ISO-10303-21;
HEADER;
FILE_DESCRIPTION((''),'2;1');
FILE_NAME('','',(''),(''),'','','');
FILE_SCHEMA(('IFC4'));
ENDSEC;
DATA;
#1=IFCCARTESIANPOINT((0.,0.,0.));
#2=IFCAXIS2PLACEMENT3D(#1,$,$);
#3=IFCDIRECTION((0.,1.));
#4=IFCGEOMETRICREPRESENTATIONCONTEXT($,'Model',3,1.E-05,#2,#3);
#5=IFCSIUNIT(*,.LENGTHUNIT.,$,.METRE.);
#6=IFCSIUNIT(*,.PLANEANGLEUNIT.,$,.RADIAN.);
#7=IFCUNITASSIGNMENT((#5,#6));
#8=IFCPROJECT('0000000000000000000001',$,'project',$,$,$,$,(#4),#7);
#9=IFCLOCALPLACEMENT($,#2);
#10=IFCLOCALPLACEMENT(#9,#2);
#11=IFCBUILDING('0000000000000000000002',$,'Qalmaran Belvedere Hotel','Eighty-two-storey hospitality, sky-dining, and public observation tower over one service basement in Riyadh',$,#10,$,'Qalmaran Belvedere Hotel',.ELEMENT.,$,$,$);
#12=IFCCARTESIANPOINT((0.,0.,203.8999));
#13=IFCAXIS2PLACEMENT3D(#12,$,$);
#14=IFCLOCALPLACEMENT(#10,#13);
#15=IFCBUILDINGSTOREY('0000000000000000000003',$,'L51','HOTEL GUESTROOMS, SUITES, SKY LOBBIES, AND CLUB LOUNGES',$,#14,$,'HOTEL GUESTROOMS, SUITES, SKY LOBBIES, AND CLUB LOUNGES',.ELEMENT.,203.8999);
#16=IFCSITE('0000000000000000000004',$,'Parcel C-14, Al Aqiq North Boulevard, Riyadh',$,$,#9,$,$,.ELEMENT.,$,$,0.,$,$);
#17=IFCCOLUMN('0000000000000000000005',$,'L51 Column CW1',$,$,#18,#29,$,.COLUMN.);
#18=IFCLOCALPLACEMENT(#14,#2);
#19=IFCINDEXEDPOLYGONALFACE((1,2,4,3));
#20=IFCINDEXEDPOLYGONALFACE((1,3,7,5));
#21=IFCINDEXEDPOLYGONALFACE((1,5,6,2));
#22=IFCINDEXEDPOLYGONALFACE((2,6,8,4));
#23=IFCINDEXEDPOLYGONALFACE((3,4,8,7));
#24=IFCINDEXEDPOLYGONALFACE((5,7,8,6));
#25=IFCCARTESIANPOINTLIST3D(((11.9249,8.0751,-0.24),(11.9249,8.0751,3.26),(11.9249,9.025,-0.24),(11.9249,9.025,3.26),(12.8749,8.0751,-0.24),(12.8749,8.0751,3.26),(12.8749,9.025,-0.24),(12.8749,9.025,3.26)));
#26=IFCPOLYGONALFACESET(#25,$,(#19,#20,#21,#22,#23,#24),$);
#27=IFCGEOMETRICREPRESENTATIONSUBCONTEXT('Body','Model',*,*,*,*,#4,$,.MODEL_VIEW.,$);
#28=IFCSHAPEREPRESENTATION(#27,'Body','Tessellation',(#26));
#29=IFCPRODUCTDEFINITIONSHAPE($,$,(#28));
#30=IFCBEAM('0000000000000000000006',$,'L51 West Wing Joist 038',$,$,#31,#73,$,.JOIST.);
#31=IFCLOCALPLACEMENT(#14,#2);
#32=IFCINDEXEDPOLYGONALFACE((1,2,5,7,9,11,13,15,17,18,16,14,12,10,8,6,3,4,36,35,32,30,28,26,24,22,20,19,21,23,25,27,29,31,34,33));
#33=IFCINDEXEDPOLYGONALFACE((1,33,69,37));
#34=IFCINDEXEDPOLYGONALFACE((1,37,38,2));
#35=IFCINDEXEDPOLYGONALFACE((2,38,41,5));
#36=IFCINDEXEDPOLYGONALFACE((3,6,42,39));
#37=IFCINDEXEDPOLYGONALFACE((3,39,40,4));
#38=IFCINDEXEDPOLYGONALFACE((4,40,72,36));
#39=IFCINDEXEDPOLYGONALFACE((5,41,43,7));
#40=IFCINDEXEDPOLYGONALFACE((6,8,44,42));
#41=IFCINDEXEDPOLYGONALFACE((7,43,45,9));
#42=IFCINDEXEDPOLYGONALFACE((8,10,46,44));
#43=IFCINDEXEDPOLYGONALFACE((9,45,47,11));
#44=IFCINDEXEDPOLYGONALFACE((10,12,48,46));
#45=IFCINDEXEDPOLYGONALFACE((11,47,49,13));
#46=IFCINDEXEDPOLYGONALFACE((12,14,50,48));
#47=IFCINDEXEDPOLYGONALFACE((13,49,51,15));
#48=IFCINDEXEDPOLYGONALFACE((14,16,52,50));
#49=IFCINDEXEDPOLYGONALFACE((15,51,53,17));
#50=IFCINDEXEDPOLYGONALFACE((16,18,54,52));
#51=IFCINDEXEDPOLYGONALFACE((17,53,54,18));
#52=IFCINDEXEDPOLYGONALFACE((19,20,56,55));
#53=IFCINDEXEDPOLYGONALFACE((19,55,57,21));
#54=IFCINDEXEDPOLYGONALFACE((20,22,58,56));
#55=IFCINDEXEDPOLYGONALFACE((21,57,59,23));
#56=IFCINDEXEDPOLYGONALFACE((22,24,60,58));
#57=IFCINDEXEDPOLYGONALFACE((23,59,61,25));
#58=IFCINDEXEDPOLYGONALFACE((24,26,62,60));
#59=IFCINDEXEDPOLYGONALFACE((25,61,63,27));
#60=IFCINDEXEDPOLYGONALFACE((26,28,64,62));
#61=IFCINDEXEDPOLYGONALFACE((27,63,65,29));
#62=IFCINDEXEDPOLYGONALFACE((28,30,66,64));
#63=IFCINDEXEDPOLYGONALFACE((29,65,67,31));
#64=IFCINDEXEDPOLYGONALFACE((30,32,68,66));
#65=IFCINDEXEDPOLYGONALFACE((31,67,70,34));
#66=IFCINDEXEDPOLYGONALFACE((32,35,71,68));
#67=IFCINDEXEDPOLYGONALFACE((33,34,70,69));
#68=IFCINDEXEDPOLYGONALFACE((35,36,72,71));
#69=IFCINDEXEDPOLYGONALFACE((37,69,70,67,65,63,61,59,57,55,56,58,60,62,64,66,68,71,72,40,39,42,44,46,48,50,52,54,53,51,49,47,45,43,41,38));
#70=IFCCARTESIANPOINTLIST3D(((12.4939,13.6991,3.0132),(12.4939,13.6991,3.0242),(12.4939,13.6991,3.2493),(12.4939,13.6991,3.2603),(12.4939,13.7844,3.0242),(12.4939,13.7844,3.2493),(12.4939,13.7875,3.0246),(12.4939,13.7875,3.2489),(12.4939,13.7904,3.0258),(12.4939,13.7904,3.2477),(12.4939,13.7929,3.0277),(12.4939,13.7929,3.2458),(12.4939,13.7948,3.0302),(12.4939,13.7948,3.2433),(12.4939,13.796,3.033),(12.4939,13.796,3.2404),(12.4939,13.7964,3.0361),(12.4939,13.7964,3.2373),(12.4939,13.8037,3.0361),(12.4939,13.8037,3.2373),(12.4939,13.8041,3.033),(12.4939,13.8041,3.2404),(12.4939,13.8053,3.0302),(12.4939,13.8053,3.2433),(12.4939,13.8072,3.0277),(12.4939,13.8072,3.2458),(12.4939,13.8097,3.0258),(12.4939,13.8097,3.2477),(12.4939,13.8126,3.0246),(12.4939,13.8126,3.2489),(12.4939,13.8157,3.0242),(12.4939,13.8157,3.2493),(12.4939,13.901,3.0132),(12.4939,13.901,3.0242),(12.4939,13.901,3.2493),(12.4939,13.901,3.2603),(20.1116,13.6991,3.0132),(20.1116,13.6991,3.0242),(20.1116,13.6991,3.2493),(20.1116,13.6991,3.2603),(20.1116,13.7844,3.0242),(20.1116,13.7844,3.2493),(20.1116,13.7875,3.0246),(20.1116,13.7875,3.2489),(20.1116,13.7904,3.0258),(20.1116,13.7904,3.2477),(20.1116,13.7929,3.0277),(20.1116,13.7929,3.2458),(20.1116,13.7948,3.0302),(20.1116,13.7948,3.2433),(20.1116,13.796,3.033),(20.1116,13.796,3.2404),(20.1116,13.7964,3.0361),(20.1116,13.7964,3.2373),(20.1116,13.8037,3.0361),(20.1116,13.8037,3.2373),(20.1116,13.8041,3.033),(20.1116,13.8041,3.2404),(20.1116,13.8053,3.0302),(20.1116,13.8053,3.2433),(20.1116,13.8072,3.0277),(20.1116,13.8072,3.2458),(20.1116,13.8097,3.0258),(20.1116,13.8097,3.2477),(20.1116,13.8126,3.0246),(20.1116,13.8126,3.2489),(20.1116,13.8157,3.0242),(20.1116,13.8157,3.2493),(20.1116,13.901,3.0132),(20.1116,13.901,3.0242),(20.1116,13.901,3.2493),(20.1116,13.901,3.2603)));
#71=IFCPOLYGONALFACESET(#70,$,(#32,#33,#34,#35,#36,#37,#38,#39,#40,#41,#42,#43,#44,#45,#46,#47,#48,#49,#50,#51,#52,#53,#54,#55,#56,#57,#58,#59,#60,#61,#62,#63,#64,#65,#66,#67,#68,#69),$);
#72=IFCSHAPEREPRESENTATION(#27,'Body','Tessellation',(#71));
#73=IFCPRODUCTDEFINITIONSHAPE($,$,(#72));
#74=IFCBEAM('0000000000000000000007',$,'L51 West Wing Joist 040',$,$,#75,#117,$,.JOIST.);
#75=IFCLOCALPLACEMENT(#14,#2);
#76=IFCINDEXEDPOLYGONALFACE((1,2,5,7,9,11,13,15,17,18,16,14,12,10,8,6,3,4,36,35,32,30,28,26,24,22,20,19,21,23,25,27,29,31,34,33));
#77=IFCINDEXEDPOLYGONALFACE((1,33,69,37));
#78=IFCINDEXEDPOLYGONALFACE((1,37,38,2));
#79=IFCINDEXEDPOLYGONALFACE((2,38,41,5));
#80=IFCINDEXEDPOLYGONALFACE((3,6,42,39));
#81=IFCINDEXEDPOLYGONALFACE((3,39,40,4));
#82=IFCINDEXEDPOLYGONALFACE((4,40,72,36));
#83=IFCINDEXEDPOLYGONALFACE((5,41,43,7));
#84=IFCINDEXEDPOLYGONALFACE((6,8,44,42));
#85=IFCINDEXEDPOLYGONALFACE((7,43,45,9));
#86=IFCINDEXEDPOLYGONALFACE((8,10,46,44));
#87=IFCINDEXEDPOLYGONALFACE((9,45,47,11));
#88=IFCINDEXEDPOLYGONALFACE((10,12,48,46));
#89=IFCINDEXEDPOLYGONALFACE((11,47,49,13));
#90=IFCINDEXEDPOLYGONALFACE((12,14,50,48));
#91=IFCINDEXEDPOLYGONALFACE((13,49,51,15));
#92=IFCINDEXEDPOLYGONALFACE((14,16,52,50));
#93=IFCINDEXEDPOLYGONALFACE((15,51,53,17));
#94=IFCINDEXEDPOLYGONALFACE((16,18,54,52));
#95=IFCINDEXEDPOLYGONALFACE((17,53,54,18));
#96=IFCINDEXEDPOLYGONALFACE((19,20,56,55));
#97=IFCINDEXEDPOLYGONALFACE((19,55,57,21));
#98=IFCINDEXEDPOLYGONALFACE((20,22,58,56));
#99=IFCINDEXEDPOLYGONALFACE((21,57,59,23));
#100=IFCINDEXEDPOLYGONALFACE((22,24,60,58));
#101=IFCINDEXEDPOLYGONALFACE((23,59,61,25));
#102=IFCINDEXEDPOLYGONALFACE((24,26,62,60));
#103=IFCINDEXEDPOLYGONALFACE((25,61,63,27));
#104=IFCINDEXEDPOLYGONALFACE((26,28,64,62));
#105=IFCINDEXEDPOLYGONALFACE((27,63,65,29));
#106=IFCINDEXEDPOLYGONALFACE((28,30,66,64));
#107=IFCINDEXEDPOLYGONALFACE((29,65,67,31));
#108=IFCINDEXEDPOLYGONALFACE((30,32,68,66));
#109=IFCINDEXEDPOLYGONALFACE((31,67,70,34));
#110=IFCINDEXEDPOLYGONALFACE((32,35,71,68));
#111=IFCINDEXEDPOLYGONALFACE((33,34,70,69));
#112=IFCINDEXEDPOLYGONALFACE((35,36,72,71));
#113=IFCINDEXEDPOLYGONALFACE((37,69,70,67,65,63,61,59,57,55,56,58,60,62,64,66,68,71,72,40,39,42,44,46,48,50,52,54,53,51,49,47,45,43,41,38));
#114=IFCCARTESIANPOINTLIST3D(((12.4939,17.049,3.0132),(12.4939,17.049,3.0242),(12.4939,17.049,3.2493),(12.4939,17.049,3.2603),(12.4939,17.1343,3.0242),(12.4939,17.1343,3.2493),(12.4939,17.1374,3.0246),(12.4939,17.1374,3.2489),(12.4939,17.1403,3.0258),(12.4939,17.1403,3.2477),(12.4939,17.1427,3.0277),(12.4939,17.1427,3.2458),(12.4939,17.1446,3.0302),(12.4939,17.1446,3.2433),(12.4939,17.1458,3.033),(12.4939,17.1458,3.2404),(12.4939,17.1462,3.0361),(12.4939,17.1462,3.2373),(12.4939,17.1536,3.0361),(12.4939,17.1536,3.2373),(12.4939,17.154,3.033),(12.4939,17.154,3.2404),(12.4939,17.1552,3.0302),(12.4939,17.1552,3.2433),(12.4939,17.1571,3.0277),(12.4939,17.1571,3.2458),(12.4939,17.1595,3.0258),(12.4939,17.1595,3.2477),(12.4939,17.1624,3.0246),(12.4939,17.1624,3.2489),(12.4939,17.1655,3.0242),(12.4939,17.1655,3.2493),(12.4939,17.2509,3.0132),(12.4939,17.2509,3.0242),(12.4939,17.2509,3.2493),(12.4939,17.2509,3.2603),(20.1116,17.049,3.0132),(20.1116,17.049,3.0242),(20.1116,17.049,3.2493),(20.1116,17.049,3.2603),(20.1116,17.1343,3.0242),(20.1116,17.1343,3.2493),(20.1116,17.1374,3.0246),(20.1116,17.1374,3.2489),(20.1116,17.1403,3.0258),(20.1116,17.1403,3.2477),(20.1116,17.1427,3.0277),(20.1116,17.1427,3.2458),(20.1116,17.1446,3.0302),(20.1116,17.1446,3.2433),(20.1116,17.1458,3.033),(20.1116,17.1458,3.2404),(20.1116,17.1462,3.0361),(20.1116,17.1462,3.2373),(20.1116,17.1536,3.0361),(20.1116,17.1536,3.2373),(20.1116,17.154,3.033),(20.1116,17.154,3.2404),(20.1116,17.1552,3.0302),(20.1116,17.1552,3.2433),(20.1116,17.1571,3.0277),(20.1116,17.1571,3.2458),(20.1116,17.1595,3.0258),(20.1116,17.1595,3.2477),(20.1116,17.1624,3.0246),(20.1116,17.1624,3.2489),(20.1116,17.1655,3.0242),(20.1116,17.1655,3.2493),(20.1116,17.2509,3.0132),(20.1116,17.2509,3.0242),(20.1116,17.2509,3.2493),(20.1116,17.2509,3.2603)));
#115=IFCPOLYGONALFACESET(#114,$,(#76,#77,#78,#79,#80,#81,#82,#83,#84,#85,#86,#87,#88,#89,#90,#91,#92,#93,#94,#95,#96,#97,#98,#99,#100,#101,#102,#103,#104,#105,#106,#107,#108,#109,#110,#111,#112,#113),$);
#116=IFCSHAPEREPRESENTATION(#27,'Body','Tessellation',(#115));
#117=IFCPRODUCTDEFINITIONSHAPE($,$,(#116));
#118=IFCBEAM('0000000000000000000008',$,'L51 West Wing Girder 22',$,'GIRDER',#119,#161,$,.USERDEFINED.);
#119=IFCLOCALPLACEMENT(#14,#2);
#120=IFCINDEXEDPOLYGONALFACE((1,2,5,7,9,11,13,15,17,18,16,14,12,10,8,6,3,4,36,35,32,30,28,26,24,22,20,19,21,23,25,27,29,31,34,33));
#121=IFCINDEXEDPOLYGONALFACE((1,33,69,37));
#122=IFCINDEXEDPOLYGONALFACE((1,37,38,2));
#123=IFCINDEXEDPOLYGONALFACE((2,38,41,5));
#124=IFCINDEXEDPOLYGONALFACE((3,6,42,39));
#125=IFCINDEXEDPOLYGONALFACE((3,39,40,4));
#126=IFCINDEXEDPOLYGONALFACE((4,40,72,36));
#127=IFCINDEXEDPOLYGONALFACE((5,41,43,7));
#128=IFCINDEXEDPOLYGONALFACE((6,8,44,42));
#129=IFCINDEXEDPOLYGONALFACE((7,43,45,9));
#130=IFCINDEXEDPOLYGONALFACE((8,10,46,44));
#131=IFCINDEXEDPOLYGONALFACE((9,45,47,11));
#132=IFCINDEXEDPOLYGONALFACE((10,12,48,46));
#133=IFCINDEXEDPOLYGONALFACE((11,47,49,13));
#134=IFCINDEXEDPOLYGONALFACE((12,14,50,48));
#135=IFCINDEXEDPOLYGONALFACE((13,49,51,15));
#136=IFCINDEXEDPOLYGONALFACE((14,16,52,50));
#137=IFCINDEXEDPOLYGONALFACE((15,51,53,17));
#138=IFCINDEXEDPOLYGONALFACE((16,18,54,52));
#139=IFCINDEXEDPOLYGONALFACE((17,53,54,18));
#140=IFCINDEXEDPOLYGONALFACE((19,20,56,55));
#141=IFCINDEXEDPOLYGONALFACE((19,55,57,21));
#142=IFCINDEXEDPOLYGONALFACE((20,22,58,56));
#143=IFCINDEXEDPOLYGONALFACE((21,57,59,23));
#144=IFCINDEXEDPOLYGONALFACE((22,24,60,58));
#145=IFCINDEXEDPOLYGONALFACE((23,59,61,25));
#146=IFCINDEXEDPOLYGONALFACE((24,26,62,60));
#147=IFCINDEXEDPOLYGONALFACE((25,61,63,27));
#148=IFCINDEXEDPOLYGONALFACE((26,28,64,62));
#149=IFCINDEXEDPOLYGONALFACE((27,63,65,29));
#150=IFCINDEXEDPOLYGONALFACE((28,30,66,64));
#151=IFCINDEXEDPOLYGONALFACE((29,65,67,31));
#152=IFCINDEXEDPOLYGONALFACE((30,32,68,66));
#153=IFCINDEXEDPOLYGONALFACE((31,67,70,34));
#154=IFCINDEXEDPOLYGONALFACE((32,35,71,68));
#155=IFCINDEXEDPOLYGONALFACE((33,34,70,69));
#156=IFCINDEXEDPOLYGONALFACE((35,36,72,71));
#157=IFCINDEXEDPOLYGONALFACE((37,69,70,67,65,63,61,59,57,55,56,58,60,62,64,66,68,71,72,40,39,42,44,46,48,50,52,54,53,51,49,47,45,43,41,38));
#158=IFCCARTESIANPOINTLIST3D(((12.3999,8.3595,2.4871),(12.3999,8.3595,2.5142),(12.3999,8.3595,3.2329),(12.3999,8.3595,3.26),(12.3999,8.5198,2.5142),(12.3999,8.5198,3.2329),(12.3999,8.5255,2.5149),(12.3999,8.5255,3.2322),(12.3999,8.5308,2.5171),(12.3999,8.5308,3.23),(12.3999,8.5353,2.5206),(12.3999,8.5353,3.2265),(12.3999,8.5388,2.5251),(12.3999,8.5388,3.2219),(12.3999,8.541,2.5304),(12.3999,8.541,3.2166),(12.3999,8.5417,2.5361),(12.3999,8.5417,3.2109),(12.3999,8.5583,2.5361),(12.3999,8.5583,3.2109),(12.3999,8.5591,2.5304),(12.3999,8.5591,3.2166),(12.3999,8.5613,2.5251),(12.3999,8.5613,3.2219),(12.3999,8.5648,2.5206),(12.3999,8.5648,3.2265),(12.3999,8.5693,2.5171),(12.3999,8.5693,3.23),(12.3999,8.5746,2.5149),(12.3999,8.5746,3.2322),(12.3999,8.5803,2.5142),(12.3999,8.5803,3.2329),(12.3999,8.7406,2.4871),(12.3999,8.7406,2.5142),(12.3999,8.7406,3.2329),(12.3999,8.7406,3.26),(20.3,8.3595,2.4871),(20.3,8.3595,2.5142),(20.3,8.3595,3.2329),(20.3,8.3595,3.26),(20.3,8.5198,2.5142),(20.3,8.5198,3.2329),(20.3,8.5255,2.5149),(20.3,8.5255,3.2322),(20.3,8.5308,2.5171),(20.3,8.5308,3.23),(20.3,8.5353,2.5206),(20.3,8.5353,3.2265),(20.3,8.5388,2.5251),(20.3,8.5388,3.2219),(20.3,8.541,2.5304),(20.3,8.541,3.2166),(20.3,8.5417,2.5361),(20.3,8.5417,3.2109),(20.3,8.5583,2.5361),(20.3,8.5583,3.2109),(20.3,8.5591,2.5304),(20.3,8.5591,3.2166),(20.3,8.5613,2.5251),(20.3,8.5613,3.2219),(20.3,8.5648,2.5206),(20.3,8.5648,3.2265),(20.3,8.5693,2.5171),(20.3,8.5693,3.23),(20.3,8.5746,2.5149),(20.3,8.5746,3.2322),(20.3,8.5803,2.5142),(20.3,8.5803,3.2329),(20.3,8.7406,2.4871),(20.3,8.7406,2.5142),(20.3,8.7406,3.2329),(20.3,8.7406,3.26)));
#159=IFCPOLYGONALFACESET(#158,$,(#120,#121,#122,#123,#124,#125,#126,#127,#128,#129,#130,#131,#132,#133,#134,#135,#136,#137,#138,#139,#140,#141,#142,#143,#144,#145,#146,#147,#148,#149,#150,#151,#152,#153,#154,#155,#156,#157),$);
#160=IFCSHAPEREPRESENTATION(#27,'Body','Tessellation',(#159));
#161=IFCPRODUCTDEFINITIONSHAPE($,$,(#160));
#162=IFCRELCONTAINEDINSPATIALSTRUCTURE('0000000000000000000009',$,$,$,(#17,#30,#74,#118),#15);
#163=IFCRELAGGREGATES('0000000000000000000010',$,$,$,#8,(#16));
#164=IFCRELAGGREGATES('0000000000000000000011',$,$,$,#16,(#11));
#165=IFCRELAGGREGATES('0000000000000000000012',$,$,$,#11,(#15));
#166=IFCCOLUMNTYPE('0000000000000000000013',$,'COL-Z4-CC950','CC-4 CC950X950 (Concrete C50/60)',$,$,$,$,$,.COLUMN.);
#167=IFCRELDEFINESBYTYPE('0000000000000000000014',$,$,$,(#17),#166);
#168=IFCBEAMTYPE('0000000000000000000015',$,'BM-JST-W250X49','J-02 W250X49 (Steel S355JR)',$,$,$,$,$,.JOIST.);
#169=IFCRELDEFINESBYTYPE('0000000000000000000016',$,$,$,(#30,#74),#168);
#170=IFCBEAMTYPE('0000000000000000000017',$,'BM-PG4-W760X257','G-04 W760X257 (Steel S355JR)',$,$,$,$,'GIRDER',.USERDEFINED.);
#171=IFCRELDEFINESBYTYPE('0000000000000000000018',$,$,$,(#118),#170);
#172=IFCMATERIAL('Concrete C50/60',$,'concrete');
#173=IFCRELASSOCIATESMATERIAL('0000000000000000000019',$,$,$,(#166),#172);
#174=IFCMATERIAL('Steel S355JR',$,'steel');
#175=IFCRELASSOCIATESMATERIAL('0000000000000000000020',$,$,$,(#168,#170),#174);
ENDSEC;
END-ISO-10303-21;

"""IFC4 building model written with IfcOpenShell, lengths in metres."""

from ifc_helpers import new_model, si_unit, direction, frame, origin, origin_2d, place, context, subcontext, project, spatial, rectangle, i_section, extrude, material, material_profile, profile_set, type_object, element, save


model = new_model("IFC4")

# Units and contexts
model_context = context("Model", 3, precision=1e-05, world=origin(), true_north=direction((0.0, 1.0)))
body_context = subcontext(model_context, "Body", "Model", "MODEL_VIEW")
ifc_project = project(units=[si_unit("LENGTHUNIT", "METRE"), si_unit("PLANEANGLEUNIT", "RADIAN")], contexts=[model_context])

# Site, building, storey
site_placement = place(None, origin())
site = spatial("IfcSite", under=ifc_project, at=site_placement, Name="Parcel C-14, Al Aqiq North Boulevard, Riyadh", CompositionType="ELEMENT", RefElevation=0.0)
building_placement = place(site_placement, origin())
building = spatial("IfcBuilding", under=site, at=building_placement, Name="Qalmaran Belvedere Hotel", Description="Eighty-two-storey hospitality, sky-dining, and public observation tower over one service basement in Riyadh", LongName="Qalmaran Belvedere Hotel", CompositionType="ELEMENT")
storey_placement = place(building_placement, frame((0.0, 0.0, 203.8999)))
storey = spatial("IfcBuildingStorey", under=building, at=storey_placement, Name="L51", Description="HOTEL GUESTROOMS, SUITES, SKY LOBBIES, AND CLUB LOUNGES", LongName="HOTEL GUESTROOMS, SUITES, SKY LOBBIES, AND CLUB LOUNGES", CompositionType="ELEMENT", Elevation=203.8999)

# Column
ifc_material_1 = material(Name="Concrete C50/60", Category="concrete")
ifc_material_profile_1 = material_profile(ifc_material_1, rectangle(XDim=0.95, YDim=0.95, at=origin_2d()), Name="CC950X950")
ifc_profile_set_1 = profile_set([ifc_material_profile_1], Name="Concrete C50/60")
column_type = type_object("IfcColumnType", Name="COL-Z4-CC950", Description="CC-4 CC950X950 (Concrete C50/60)", PredefinedType="COLUMN", material=ifc_profile_set_1)
column_placement = place(storey_placement, frame((12.3999, 8.55, -0.24), z_axis=(0.0, 0.0, 1.0), x_axis=(1.0, 0.0, 0.0)))
element("IfcColumn", 1, at=column_placement, inside=storey, type_object=column_type, Name="L51 Column CW1", PredefinedType="COLUMN", context=body_context, shape_type="SweptSolid", body=[
    extrude(rectangle(XDim=0.95, YDim=0.95, at=origin_2d()), origin(), (0.0, 0.0, 1.0), 3.5),
])

# Beams
ifc_material_2 = material(Name="Steel S355JR", Category="steel")
ifc_material_profile_2 = material_profile(ifc_material_2, i_section(OverallWidth=0.2019, OverallDepth=0.2471, WebThickness=0.0073, FlangeThickness=0.011, FilletRadius=0.012, at=origin_2d()), Name="W250X49")
ifc_profile_set_2 = profile_set([ifc_material_profile_2], Name="Steel S355JR")
beam_type_1 = type_object("IfcBeamType", Name="BM-JST-W250X49", Description="J-02 W250X49 (Steel S355JR)", PredefinedType="JOIST", material=ifc_profile_set_2)
for number, where, z_axis, x_axis, name in (
    (2, (12.4939, 13.8, 3.1367), (1.0, 0.0, 0.0), (0.0, 1.0, 0.0), "L51 West Wing Joist 038"),
    (3, (12.4939, 17.1499, 3.1367), (1.0, 0.0, 0.0), (0.0, 1.0, 0.0), "L51 West Wing Joist 040"),
):
    element("IfcBeam", number, at=place(storey_placement, frame(where, z_axis=z_axis, x_axis=x_axis)), inside=storey, type_object=beam_type_1, Name=name, PredefinedType="JOIST", context=body_context, shape_type="SweptSolid", body=[
        extrude(i_section(OverallWidth=0.2019, OverallDepth=0.2471, WebThickness=0.0073, FlangeThickness=0.011, FilletRadius=0.012, at=origin_2d()), origin(), (0.0, 0.0, 1.0), 7.6177),
    ])
ifc_material_profile_3 = material_profile(ifc_material_2, i_section(OverallWidth=0.3811, OverallDepth=0.7729, WebThickness=0.0166, FlangeThickness=0.0271, FilletRadius=0.022, at=origin_2d()), Name="W760X257")
ifc_profile_set_3 = profile_set([ifc_material_profile_3], Name="Steel S355JR")
beam_type_2 = type_object("IfcBeamType", Name="BM-PG4-W760X257", Description="G-04 W760X257 (Steel S355JR)", ElementType="GIRDER", PredefinedType="USERDEFINED", material=ifc_profile_set_3)
beam_1_placement = place(storey_placement, frame((12.3999, 8.55, 2.8735), z_axis=(1.0, 0.0, 0.0), x_axis=(0.0, 1.0, 0.0)))
element("IfcBeam", 4, at=beam_1_placement, inside=storey, type_object=beam_type_2, Name="L51 West Wing Girder 22", ObjectType="GIRDER", PredefinedType="USERDEFINED", context=body_context, shape_type="SweptSolid", body=[
    extrude(i_section(OverallWidth=0.3811, OverallDepth=0.7729, WebThickness=0.0166, FlangeThickness=0.0271, FilletRadius=0.022, at=origin_2d()), origin(), (0.0, 0.0, 1.0), 7.9001),
])

save(model, "model.ifc")
